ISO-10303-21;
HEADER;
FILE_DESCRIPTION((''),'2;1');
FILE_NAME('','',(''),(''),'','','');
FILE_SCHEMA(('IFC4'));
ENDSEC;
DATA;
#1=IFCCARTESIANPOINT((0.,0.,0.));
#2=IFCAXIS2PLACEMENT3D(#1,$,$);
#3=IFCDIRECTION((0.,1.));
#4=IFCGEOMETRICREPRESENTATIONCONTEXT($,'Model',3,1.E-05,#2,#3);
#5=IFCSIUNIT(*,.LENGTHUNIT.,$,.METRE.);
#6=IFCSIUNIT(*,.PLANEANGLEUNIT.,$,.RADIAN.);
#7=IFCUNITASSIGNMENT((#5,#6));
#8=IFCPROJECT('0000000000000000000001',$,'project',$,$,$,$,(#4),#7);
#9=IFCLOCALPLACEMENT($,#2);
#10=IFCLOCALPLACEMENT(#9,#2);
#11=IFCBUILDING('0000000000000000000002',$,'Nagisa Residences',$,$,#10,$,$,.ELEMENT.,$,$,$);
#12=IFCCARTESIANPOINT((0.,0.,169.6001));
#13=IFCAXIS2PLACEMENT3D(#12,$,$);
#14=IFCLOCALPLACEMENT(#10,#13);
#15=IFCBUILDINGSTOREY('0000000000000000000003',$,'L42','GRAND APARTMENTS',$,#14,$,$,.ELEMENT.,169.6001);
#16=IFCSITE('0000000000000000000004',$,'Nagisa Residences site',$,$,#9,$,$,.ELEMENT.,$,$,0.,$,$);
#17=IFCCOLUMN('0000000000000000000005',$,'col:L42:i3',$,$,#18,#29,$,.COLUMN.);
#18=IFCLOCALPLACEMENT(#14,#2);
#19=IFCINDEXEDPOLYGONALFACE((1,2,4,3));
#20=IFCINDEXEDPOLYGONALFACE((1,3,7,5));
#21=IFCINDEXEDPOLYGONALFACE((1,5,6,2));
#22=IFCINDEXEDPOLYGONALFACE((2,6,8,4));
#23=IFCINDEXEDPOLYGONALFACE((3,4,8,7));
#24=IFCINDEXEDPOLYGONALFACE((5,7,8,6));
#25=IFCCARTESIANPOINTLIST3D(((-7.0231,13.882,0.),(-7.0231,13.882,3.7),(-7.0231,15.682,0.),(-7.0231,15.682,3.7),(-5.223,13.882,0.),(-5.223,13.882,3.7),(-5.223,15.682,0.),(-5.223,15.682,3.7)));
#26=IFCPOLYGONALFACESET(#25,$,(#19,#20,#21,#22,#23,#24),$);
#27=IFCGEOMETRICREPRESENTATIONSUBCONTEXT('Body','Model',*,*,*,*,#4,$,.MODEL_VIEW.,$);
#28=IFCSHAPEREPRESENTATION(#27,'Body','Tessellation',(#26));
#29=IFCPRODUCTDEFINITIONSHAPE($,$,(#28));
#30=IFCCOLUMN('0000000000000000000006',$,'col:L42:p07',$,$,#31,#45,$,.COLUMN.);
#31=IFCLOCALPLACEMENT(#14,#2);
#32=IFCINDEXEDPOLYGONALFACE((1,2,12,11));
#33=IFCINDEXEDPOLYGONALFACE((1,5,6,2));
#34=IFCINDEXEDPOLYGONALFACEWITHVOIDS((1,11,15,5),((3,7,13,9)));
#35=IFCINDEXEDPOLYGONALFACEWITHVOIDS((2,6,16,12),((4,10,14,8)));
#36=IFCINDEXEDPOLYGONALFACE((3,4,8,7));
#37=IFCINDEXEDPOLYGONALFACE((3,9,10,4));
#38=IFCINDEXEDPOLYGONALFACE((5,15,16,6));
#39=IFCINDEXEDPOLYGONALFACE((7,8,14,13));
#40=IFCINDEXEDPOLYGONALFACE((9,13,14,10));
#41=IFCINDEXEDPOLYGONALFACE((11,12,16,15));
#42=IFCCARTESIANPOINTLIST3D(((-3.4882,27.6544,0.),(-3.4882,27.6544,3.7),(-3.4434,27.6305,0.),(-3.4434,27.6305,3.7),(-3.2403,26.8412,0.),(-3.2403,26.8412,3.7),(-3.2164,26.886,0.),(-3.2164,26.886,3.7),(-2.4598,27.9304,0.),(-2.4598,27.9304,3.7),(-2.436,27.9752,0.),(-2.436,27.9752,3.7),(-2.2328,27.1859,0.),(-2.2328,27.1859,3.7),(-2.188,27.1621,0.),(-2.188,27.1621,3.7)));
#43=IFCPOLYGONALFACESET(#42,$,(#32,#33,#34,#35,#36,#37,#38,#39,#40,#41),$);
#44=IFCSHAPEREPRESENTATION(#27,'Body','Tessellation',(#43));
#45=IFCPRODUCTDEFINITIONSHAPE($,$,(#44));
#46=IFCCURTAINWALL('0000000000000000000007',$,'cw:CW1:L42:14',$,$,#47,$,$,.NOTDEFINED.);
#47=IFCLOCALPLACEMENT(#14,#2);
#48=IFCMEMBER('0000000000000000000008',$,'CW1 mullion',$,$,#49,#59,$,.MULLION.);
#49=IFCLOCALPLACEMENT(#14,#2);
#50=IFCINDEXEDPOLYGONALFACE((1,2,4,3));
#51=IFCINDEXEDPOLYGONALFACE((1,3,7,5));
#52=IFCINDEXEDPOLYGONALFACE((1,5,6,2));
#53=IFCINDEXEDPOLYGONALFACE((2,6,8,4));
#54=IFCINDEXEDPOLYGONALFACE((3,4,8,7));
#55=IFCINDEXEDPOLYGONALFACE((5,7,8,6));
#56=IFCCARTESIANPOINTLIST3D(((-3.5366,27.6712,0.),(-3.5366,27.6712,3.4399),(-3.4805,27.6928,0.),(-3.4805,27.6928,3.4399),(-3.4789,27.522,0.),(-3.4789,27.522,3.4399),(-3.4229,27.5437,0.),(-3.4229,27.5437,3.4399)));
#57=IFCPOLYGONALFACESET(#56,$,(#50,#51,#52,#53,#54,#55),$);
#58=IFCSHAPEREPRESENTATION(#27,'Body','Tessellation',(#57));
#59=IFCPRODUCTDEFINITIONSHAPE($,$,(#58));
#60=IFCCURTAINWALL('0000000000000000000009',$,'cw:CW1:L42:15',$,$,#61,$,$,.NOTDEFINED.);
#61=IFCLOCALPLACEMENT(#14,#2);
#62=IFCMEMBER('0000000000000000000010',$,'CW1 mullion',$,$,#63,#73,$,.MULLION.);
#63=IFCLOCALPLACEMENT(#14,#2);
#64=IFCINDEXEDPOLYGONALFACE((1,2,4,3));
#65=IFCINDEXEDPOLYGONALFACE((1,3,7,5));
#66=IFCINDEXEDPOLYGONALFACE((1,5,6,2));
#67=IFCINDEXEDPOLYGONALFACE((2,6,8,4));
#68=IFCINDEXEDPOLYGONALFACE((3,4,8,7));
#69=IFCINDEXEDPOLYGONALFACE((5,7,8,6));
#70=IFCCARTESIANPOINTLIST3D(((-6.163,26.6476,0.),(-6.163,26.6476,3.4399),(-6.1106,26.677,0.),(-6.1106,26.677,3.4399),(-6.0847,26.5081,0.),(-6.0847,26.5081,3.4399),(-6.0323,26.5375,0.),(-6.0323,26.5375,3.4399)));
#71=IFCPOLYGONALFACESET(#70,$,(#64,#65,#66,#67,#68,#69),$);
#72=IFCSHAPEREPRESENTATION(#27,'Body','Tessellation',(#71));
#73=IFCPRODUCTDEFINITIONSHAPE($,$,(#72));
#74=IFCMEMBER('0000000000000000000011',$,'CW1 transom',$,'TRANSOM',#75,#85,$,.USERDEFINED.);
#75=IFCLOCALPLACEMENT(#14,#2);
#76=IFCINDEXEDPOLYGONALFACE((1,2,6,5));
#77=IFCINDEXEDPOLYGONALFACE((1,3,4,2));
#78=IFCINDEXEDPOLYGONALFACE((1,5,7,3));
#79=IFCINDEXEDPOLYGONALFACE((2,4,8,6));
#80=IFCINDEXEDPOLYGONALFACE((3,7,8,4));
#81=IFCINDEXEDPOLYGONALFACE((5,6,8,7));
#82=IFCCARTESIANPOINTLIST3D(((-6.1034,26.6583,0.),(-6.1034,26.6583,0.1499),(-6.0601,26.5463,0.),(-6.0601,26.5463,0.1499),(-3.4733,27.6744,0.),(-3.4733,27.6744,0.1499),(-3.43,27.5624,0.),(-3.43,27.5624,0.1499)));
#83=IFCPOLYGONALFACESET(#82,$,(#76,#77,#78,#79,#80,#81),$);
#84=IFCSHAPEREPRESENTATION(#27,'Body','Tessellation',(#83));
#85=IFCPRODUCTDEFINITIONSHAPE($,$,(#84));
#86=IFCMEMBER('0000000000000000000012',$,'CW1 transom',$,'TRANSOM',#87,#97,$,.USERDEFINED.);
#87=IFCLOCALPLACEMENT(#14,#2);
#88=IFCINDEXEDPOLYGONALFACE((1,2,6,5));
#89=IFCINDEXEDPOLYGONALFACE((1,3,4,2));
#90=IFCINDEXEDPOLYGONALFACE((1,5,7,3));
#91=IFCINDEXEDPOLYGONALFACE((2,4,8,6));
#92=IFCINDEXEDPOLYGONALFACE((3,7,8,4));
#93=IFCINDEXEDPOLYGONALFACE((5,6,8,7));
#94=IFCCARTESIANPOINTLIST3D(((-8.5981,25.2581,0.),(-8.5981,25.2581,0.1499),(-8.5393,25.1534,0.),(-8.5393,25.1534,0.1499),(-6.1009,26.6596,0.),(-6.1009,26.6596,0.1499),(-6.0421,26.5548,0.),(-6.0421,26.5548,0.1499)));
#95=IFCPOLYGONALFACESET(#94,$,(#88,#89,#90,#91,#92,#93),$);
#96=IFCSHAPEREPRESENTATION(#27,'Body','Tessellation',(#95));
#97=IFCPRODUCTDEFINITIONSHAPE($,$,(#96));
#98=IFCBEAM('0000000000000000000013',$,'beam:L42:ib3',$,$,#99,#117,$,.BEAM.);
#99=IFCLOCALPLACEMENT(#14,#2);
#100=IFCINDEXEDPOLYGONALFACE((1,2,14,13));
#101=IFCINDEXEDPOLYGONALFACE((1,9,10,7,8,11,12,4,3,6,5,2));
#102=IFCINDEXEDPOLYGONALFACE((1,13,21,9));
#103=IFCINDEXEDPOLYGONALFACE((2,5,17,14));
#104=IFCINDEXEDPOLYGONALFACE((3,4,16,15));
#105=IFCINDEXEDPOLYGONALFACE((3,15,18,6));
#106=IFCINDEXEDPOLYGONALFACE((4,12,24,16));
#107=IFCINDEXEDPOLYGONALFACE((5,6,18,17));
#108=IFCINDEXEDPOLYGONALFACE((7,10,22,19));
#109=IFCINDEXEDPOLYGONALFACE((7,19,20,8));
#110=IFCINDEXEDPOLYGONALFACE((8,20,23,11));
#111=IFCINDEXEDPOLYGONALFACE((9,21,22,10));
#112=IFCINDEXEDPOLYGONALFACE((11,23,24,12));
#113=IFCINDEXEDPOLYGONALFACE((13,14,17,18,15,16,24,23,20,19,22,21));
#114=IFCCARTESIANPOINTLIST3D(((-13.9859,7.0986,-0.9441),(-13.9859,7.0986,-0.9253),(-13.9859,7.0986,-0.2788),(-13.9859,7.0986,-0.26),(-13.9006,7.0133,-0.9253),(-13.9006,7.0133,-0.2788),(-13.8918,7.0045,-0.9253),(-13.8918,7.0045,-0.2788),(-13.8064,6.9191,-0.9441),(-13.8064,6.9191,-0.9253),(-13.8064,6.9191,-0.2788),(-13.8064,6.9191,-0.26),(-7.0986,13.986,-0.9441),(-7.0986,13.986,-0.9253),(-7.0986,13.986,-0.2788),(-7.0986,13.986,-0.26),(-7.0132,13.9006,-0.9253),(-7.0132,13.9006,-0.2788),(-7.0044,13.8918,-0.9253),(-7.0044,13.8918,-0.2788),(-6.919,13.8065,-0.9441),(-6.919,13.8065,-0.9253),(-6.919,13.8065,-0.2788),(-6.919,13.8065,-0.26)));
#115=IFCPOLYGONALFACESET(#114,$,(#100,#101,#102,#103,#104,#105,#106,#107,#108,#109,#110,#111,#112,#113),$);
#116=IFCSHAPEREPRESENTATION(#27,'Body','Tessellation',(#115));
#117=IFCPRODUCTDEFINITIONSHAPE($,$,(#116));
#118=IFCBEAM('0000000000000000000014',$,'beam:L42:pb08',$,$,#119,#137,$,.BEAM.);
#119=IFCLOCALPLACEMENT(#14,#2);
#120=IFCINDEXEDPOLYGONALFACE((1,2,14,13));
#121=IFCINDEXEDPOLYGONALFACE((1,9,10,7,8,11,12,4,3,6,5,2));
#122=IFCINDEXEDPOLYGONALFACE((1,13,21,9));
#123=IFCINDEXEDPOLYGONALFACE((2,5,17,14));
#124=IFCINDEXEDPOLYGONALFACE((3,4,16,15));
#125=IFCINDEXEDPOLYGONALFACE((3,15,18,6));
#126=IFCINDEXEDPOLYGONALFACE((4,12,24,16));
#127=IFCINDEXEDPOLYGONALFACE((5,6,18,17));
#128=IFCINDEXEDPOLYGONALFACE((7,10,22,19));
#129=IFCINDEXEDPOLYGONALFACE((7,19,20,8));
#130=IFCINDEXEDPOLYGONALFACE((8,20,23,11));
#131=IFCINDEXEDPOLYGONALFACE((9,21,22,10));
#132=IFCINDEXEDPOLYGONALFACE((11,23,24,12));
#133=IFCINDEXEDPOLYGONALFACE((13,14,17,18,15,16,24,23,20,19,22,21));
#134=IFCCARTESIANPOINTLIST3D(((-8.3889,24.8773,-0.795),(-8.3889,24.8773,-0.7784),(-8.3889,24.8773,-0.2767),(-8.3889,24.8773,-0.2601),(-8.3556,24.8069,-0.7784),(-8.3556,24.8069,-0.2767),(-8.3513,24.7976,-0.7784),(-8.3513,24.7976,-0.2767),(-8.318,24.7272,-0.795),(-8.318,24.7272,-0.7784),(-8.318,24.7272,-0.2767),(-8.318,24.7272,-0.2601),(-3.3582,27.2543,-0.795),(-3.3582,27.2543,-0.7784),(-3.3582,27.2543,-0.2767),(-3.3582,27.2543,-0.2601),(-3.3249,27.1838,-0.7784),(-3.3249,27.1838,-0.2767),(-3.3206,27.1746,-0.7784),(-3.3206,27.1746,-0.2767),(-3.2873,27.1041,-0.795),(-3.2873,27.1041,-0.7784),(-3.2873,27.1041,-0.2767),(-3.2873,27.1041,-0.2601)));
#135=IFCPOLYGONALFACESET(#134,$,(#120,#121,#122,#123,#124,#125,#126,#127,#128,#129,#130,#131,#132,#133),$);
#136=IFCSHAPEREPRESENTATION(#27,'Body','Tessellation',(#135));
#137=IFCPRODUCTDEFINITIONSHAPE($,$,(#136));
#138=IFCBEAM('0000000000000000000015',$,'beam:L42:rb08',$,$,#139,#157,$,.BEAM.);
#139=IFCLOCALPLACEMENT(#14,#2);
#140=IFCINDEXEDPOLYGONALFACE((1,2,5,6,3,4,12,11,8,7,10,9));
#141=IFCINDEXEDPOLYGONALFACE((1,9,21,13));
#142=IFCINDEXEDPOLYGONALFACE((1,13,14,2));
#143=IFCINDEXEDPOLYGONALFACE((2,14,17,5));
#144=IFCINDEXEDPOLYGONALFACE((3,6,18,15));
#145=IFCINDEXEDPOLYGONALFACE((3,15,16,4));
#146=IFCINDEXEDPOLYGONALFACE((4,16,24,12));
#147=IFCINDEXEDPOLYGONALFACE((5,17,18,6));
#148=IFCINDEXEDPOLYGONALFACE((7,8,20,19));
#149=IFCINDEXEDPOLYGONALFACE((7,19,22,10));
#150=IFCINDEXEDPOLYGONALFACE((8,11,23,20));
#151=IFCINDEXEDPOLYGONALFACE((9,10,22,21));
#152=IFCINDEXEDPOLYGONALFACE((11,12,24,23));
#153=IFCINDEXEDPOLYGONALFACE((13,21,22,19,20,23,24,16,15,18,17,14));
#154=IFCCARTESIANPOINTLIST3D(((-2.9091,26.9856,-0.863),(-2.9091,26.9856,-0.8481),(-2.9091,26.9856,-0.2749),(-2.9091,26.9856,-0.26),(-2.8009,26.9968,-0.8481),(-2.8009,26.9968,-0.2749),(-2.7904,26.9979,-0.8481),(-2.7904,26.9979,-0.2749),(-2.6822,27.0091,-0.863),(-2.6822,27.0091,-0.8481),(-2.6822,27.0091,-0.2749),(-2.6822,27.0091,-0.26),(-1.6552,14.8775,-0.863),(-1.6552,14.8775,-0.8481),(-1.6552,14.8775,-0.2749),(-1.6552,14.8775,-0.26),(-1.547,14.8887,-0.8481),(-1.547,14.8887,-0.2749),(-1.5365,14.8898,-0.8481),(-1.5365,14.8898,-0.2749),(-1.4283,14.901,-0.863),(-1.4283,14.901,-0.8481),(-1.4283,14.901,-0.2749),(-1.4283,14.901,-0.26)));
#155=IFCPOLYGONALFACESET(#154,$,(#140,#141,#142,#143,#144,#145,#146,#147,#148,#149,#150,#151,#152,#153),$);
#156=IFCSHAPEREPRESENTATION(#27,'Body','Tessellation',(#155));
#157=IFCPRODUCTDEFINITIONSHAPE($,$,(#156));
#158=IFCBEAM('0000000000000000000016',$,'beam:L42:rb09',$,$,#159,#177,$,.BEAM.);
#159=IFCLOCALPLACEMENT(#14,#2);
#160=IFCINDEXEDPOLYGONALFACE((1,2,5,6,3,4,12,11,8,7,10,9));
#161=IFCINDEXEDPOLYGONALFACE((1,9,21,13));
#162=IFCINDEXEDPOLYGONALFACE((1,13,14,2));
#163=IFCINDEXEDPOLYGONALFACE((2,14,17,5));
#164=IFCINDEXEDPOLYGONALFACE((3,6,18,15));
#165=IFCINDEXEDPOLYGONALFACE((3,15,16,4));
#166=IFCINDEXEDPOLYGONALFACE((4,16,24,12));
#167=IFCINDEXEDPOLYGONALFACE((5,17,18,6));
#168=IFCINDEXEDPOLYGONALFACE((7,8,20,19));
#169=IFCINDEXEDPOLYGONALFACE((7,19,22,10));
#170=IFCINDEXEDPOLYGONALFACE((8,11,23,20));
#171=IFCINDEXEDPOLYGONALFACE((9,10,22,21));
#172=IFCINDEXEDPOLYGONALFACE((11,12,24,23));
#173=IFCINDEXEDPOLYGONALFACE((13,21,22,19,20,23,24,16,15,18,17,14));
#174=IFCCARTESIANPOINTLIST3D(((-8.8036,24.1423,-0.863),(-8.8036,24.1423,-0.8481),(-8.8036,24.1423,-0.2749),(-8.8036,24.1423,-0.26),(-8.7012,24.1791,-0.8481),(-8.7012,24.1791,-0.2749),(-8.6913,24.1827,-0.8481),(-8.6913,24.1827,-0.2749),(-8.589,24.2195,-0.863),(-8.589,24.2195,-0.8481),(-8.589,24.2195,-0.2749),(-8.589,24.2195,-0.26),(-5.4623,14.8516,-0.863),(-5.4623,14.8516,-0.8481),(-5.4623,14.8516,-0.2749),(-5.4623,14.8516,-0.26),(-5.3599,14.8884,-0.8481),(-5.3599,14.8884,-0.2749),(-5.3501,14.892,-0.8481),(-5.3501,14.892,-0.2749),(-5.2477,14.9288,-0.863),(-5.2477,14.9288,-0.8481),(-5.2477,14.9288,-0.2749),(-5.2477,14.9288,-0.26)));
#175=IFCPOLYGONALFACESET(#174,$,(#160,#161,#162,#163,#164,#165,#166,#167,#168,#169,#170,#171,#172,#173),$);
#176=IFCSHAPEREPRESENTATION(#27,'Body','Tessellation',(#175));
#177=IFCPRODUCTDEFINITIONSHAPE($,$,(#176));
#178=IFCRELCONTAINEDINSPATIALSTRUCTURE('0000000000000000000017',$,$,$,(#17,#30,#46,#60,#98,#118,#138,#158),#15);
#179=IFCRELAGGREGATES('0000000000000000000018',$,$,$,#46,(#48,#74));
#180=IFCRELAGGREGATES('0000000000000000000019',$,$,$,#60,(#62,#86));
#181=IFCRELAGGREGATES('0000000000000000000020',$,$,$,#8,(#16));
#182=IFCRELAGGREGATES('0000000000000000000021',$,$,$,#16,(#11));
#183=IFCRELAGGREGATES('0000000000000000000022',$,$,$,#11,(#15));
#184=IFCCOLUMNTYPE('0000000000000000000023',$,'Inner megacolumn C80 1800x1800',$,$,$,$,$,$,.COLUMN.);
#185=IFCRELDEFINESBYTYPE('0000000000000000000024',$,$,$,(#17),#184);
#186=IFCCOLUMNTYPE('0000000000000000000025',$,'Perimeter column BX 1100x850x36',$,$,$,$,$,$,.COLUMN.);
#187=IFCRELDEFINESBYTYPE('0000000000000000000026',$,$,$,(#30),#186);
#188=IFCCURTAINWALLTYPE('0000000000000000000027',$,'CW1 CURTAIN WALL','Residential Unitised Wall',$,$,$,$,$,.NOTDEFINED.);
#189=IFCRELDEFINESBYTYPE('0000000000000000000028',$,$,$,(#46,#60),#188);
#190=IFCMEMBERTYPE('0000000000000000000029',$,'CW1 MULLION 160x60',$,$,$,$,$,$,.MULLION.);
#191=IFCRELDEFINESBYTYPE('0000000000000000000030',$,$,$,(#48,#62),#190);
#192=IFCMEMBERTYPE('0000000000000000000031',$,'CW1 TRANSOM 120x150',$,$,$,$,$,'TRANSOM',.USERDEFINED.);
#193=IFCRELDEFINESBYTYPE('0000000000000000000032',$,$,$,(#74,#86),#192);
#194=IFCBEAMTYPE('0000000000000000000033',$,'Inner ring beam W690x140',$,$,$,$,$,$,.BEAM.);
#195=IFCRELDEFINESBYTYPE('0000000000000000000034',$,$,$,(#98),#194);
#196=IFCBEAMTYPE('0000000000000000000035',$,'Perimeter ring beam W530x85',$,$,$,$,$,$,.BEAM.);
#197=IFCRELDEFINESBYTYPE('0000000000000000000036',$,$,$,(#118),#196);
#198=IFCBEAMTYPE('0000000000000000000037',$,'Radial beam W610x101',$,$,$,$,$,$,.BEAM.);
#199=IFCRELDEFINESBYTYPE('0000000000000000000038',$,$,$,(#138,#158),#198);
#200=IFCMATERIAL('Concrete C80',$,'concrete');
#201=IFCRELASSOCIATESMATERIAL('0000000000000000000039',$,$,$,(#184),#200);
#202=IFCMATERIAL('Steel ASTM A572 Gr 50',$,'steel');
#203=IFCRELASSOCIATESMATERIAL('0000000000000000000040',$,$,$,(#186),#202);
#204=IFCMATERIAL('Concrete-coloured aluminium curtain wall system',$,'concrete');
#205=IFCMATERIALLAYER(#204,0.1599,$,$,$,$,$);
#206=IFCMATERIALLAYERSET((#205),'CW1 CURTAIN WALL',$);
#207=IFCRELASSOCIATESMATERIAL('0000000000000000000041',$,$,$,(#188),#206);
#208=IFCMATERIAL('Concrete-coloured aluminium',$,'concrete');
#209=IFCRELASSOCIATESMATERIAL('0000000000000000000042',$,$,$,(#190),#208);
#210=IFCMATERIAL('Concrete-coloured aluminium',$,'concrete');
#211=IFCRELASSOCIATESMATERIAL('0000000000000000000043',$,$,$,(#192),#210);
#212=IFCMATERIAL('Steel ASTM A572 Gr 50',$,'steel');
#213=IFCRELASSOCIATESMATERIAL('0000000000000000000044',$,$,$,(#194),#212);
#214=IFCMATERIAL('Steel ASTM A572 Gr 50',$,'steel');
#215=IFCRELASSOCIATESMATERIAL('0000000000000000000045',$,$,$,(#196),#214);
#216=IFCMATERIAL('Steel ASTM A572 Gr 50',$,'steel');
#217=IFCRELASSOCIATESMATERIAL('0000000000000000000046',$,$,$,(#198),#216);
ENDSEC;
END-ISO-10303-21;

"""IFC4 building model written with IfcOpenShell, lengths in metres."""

from ifc_helpers import new_model, si_unit, direction, frame, origin, origin_2d, place, context, subcontext, project, spatial, rectangle, hollow_rectangle, i_section, extrude, material, layer, layer_set, material_profile, profile_set, type_object, element, aggregate, save


model = new_model("IFC4")

# Units and contexts
model_context = context("Model", 3, precision=1e-05, world=origin(), true_north=direction((0.0, 1.0)))
body_context = subcontext(model_context, "Body", "Model", "MODEL_VIEW")
ifc_project = project(units=[si_unit("LENGTHUNIT", "METRE"), si_unit("PLANEANGLEUNIT", "RADIAN")], contexts=[model_context])

# Site, building, storey
site_placement = place(None, origin())
site = spatial("IfcSite", under=ifc_project, at=site_placement, Name="Nagisa Residences site", CompositionType="ELEMENT", RefElevation=0.0)
building_placement = place(site_placement, origin())
building = spatial("IfcBuilding", under=site, at=building_placement, Name="Nagisa Residences", CompositionType="ELEMENT")
storey_placement = place(building_placement, frame((0.0, 0.0, 169.6001)))
storey = spatial("IfcBuildingStorey", under=building, at=storey_placement, Name="L42", Description="GRAND APARTMENTS", CompositionType="ELEMENT", Elevation=169.6001)

# Columns
ifc_material_1 = material(Name="Concrete C80", Category="concrete")
ifc_material_profile_1 = material_profile(ifc_material_1, rectangle(XDim=1.8, YDim=1.8, at=origin_2d()), Name="C80 1800x1800")
ifc_profile_set_1 = profile_set([ifc_material_profile_1], Name="Concrete C80")
column_type_1 = type_object("IfcColumnType", Name="Inner megacolumn C80 1800x1800", PredefinedType="COLUMN", material=ifc_profile_set_1)
column_1_placement = place(storey_placement, frame((-6.123, 14.782, 0.0), z_axis=(0.0, 0.0, 1.0), x_axis=(1.0, 0.0, 0.0)))
element("IfcColumn", 1, at=column_1_placement, inside=storey, type_object=column_type_1, Name="col:L42:i3", PredefinedType="COLUMN", context=body_context, shape_type="SweptSolid", body=[
    extrude(rectangle(XDim=1.8, YDim=1.8, at=origin_2d()), origin(), (0.0, 0.0, 1.0), 3.7),
])
ifc_material_2 = material(Name="Steel ASTM A572 Gr 50", Category="steel")
ifc_material_profile_2 = material_profile(ifc_material_2, hollow_rectangle(XDim=1.1001, YDim=0.8501, WallThickness=0.0359, at=origin_2d()), Name="BX 1100x850x36")
ifc_profile_set_2 = profile_set([ifc_material_profile_2], Name="Steel ASTM A572 Gr 50")
column_type_2 = type_object("IfcColumnType", Name="Perimeter column BX 1100x850x36", PredefinedType="COLUMN", material=ifc_profile_set_2)
column_2_placement = place(storey_placement, frame((-2.8381, 27.4082, 0.0), z_axis=(0.0, 0.0, 1.0), x_axis=(-0.956525, -0.291652, 0.0)))
element("IfcColumn", 2, at=column_2_placement, inside=storey, type_object=column_type_2, Name="col:L42:p07", PredefinedType="COLUMN", context=body_context, shape_type="SweptSolid", body=[
    extrude(hollow_rectangle(XDim=1.1001, YDim=0.8501, WallThickness=0.0359, at=origin_2d()), origin(), (0.0, 0.0, 1.0), 3.7),
])

# Curtain walls, members
ifc_material_3 = material(Name="Concrete-coloured aluminium curtain wall system", Category="concrete")
ifc_layer_1 = layer(ifc_material_3, 0.1599)
ifc_layer_set_1 = layer_set([ifc_layer_1], Name="CW1 CURTAIN WALL")
curtain_wall_type = type_object("IfcCurtainWallType", Name="CW1 CURTAIN WALL", Description="Residential Unitised Wall", PredefinedType="NOTDEFINED", material=ifc_layer_set_1)
curtain_wall_1_placement = place(storey_placement, origin())
curtain_wall_1 = element("IfcCurtainWall", 3, at=curtain_wall_1_placement, inside=storey, type_object=curtain_wall_type, Name="cw:CW1:L42:14", PredefinedType="NOTDEFINED")
ifc_material_4 = material(Name="Concrete-coloured aluminium", Category="concrete")
ifc_material_profile_3 = material_profile(ifc_material_4, rectangle(XDim=0.1599, YDim=0.0601, at=origin_2d()), Name="CW1 MULLION 160x60")
ifc_profile_set_3 = profile_set([ifc_material_profile_3], Name="Concrete-coloured aluminium")
member_type_1 = type_object("IfcMemberType", Name="CW1 MULLION 160x60", PredefinedType="MULLION", material=ifc_profile_set_3)
member_1_placement = place(storey_placement, frame((-3.4797, 27.6074, 0.0), z_axis=(0.0, 0.0, 1.0), x_axis=(0.360328, -0.932826, 0.0)))
member_1 = element("IfcMember", 4, at=member_1_placement, type_object=member_type_1, Name="CW1 mullion", PredefinedType="MULLION", context=body_context, shape_type="SweptSolid", body=[
    extrude(rectangle(XDim=0.1599, YDim=0.0601, at=origin_2d()), origin(), (0.0, 0.0, 1.0), 3.4399),
])
curtain_wall_2_placement = place(storey_placement, origin())
curtain_wall_2 = element("IfcCurtainWall", 5, at=curtain_wall_2_placement, inside=storey, type_object=curtain_wall_type, Name="cw:CW1:L42:15", PredefinedType="NOTDEFINED")
member_2_placement = place(storey_placement, frame((-6.0977, 26.5925, 0.0), z_axis=(0.0, 0.0, 1.0), x_axis=(0.489377, -0.872072, 0.0)))
member_2 = element("IfcMember", 6, at=member_2_placement, type_object=member_type_1, Name="CW1 mullion", PredefinedType="MULLION", context=body_context, shape_type="SweptSolid", body=[
    extrude(rectangle(XDim=0.1599, YDim=0.0601, at=origin_2d()), origin(), (0.0, 0.0, 1.0), 3.4399),
])

# Members
ifc_material_5 = material(Name="Concrete-coloured aluminium", Category="concrete")
ifc_material_profile_4 = material_profile(ifc_material_5, rectangle(XDim=0.1201, YDim=0.1499, at=origin_2d()), Name="CW1 TRANSOM 120x150")
ifc_profile_set_4 = profile_set([ifc_material_profile_4], Name="Concrete-coloured aluminium")
member_type_2 = type_object("IfcMemberType", Name="CW1 TRANSOM 120x150", ElementType="TRANSOM", PredefinedType="USERDEFINED", material=ifc_profile_set_4)
member_3_placement = place(storey_placement, frame((-3.4517, 27.6184, 0.075), z_axis=(-0.932807, -0.360377, 0.0), x_axis=(0.360377, -0.932807, 0.0)))
member_3 = element("IfcMember", 7, at=member_3_placement, type_object=member_type_2, Name="CW1 transom", ObjectType="TRANSOM", PredefinedType="USERDEFINED", context=body_context, shape_type="SweptSolid", body=[
    extrude(rectangle(XDim=0.1201, YDim=0.1499, at=origin_2d()), origin(), (0.0, 0.0, 1.0), 2.8196),
])
member_4_placement = place(storey_placement, frame((-6.0715, 26.6072, 0.075), z_axis=(-0.872058, -0.489403, 0.0), x_axis=(0.489403, -0.872058, 0.0)))
member_4 = element("IfcMember", 8, at=member_4_placement, type_object=member_type_2, Name="CW1 transom", ObjectType="TRANSOM", PredefinedType="USERDEFINED", context=body_context, shape_type="SweptSolid", body=[
    extrude(rectangle(XDim=0.1201, YDim=0.1499, at=origin_2d()), origin(), (0.0, 0.0, 1.0), 2.8635),
])

# Beams
ifc_material_6 = material(Name="Steel ASTM A572 Gr 50", Category="steel")
ifc_material_profile_5 = material_profile(ifc_material_6, i_section(OverallWidth=0.2539, OverallDepth=0.6841, WebThickness=0.0125, FlangeThickness=0.0188, at=origin_2d()), Name="W690x140")
ifc_profile_set_5 = profile_set([ifc_material_profile_5], Name="Steel ASTM A572 Gr 50")
beam_type_1 = type_object("IfcBeamType", Name="Inner ring beam W690x140", PredefinedType="BEAM", material=ifc_profile_set_5)
beam_1_placement = place(storey_placement, frame((-7.0088, 13.8962, -0.6021), z_axis=(-0.707107, -0.707107, 0.0), x_axis=(0.707107, -0.707107, 0.0)))
element("IfcBeam", 9, at=beam_1_placement, inside=storey, type_object=beam_type_1, Name="beam:L42:ib3", PredefinedType="BEAM", context=body_context, shape_type="SweptSolid", body=[
    extrude(i_section(OverallWidth=0.2539, OverallDepth=0.6841, WebThickness=0.0125, FlangeThickness=0.0188, at=origin_2d()), origin(), (0.0, 0.0, 1.0), 9.7402),
])
ifc_material_7 = material(Name="Steel ASTM A572 Gr 50", Category="steel")
ifc_material_profile_6 = material_profile(ifc_material_7, i_section(OverallWidth=0.166, OverallDepth=0.5349, WebThickness=0.0103, FlangeThickness=0.0166, at=origin_2d()), Name="W530x85")
ifc_profile_set_6 = profile_set([ifc_material_profile_6], Name="Steel ASTM A572 Gr 50")
beam_type_2 = type_object("IfcBeamType", Name="Perimeter ring beam W530x85", PredefinedType="BEAM", material=ifc_profile_set_6)
beam_2_placement = place(storey_placement, frame((-3.3228, 27.1792, -0.5276), z_axis=(-0.904157, -0.4272, 0.0), x_axis=(0.4272, -0.904157, 0.0)))
element("IfcBeam", 10, at=beam_2_placement, inside=storey, type_object=beam_type_2, Name="beam:L42:pb08", PredefinedType="BEAM", context=body_context, shape_type="SweptSolid", body=[
    extrude(i_section(OverallWidth=0.166, OverallDepth=0.5349, WebThickness=0.0103, FlangeThickness=0.0166, at=origin_2d()), origin(), (0.0, 0.0, 1.0), 5.564),
])
ifc_material_8 = material(Name="Steel ASTM A572 Gr 50", Category="steel")
ifc_material_profile_7 = material_profile(ifc_material_8, i_section(OverallWidth=0.228, OverallDepth=0.603, WebThickness=0.0105, FlangeThickness=0.0149, at=origin_2d()), Name="W610x101")
ifc_profile_set_7 = profile_set([ifc_material_profile_7], Name="Steel ASTM A572 Gr 50")
beam_type_3 = type_object("IfcBeamType", Name="Radial beam W610x101", PredefinedType="BEAM", material=ifc_profile_set_7)
beam_3_placement = place(storey_placement, frame((-2.7957, 26.9973, -0.5615), z_axis=(0.103008, -0.994681, 0.0), x_axis=(0.994681, 0.103008, 0.0)))
element("IfcBeam", 11, at=beam_3_placement, inside=storey, type_object=beam_type_3, Name="beam:L42:rb08", PredefinedType="BEAM", context=body_context, shape_type="SweptSolid", body=[
    extrude(i_section(OverallWidth=0.228, OverallDepth=0.603, WebThickness=0.0105, FlangeThickness=0.0149, at=origin_2d()), origin(), (0.0, 0.0, 1.0), 12.1729),
])
beam_4_placement = place(storey_placement, frame((-8.6963, 24.1809, -0.5615), z_axis=(0.338417, -0.940996, 0.0), x_axis=(0.940996, 0.338417, 0.0)))
element("IfcBeam", 12, at=beam_4_placement, inside=storey, type_object=beam_type_3, Name="beam:L42:rb09", PredefinedType="BEAM", context=body_context, shape_type="SweptSolid", body=[
    extrude(i_section(OverallWidth=0.228, OverallDepth=0.603, WebThickness=0.0105, FlangeThickness=0.0149, at=origin_2d()), origin(), (0.0, 0.0, 1.0), 9.8733),
])

aggregate(curtain_wall_1, [member_1, member_3])
aggregate(curtain_wall_2, [member_2, member_4])

save(model, "model.ifc")
